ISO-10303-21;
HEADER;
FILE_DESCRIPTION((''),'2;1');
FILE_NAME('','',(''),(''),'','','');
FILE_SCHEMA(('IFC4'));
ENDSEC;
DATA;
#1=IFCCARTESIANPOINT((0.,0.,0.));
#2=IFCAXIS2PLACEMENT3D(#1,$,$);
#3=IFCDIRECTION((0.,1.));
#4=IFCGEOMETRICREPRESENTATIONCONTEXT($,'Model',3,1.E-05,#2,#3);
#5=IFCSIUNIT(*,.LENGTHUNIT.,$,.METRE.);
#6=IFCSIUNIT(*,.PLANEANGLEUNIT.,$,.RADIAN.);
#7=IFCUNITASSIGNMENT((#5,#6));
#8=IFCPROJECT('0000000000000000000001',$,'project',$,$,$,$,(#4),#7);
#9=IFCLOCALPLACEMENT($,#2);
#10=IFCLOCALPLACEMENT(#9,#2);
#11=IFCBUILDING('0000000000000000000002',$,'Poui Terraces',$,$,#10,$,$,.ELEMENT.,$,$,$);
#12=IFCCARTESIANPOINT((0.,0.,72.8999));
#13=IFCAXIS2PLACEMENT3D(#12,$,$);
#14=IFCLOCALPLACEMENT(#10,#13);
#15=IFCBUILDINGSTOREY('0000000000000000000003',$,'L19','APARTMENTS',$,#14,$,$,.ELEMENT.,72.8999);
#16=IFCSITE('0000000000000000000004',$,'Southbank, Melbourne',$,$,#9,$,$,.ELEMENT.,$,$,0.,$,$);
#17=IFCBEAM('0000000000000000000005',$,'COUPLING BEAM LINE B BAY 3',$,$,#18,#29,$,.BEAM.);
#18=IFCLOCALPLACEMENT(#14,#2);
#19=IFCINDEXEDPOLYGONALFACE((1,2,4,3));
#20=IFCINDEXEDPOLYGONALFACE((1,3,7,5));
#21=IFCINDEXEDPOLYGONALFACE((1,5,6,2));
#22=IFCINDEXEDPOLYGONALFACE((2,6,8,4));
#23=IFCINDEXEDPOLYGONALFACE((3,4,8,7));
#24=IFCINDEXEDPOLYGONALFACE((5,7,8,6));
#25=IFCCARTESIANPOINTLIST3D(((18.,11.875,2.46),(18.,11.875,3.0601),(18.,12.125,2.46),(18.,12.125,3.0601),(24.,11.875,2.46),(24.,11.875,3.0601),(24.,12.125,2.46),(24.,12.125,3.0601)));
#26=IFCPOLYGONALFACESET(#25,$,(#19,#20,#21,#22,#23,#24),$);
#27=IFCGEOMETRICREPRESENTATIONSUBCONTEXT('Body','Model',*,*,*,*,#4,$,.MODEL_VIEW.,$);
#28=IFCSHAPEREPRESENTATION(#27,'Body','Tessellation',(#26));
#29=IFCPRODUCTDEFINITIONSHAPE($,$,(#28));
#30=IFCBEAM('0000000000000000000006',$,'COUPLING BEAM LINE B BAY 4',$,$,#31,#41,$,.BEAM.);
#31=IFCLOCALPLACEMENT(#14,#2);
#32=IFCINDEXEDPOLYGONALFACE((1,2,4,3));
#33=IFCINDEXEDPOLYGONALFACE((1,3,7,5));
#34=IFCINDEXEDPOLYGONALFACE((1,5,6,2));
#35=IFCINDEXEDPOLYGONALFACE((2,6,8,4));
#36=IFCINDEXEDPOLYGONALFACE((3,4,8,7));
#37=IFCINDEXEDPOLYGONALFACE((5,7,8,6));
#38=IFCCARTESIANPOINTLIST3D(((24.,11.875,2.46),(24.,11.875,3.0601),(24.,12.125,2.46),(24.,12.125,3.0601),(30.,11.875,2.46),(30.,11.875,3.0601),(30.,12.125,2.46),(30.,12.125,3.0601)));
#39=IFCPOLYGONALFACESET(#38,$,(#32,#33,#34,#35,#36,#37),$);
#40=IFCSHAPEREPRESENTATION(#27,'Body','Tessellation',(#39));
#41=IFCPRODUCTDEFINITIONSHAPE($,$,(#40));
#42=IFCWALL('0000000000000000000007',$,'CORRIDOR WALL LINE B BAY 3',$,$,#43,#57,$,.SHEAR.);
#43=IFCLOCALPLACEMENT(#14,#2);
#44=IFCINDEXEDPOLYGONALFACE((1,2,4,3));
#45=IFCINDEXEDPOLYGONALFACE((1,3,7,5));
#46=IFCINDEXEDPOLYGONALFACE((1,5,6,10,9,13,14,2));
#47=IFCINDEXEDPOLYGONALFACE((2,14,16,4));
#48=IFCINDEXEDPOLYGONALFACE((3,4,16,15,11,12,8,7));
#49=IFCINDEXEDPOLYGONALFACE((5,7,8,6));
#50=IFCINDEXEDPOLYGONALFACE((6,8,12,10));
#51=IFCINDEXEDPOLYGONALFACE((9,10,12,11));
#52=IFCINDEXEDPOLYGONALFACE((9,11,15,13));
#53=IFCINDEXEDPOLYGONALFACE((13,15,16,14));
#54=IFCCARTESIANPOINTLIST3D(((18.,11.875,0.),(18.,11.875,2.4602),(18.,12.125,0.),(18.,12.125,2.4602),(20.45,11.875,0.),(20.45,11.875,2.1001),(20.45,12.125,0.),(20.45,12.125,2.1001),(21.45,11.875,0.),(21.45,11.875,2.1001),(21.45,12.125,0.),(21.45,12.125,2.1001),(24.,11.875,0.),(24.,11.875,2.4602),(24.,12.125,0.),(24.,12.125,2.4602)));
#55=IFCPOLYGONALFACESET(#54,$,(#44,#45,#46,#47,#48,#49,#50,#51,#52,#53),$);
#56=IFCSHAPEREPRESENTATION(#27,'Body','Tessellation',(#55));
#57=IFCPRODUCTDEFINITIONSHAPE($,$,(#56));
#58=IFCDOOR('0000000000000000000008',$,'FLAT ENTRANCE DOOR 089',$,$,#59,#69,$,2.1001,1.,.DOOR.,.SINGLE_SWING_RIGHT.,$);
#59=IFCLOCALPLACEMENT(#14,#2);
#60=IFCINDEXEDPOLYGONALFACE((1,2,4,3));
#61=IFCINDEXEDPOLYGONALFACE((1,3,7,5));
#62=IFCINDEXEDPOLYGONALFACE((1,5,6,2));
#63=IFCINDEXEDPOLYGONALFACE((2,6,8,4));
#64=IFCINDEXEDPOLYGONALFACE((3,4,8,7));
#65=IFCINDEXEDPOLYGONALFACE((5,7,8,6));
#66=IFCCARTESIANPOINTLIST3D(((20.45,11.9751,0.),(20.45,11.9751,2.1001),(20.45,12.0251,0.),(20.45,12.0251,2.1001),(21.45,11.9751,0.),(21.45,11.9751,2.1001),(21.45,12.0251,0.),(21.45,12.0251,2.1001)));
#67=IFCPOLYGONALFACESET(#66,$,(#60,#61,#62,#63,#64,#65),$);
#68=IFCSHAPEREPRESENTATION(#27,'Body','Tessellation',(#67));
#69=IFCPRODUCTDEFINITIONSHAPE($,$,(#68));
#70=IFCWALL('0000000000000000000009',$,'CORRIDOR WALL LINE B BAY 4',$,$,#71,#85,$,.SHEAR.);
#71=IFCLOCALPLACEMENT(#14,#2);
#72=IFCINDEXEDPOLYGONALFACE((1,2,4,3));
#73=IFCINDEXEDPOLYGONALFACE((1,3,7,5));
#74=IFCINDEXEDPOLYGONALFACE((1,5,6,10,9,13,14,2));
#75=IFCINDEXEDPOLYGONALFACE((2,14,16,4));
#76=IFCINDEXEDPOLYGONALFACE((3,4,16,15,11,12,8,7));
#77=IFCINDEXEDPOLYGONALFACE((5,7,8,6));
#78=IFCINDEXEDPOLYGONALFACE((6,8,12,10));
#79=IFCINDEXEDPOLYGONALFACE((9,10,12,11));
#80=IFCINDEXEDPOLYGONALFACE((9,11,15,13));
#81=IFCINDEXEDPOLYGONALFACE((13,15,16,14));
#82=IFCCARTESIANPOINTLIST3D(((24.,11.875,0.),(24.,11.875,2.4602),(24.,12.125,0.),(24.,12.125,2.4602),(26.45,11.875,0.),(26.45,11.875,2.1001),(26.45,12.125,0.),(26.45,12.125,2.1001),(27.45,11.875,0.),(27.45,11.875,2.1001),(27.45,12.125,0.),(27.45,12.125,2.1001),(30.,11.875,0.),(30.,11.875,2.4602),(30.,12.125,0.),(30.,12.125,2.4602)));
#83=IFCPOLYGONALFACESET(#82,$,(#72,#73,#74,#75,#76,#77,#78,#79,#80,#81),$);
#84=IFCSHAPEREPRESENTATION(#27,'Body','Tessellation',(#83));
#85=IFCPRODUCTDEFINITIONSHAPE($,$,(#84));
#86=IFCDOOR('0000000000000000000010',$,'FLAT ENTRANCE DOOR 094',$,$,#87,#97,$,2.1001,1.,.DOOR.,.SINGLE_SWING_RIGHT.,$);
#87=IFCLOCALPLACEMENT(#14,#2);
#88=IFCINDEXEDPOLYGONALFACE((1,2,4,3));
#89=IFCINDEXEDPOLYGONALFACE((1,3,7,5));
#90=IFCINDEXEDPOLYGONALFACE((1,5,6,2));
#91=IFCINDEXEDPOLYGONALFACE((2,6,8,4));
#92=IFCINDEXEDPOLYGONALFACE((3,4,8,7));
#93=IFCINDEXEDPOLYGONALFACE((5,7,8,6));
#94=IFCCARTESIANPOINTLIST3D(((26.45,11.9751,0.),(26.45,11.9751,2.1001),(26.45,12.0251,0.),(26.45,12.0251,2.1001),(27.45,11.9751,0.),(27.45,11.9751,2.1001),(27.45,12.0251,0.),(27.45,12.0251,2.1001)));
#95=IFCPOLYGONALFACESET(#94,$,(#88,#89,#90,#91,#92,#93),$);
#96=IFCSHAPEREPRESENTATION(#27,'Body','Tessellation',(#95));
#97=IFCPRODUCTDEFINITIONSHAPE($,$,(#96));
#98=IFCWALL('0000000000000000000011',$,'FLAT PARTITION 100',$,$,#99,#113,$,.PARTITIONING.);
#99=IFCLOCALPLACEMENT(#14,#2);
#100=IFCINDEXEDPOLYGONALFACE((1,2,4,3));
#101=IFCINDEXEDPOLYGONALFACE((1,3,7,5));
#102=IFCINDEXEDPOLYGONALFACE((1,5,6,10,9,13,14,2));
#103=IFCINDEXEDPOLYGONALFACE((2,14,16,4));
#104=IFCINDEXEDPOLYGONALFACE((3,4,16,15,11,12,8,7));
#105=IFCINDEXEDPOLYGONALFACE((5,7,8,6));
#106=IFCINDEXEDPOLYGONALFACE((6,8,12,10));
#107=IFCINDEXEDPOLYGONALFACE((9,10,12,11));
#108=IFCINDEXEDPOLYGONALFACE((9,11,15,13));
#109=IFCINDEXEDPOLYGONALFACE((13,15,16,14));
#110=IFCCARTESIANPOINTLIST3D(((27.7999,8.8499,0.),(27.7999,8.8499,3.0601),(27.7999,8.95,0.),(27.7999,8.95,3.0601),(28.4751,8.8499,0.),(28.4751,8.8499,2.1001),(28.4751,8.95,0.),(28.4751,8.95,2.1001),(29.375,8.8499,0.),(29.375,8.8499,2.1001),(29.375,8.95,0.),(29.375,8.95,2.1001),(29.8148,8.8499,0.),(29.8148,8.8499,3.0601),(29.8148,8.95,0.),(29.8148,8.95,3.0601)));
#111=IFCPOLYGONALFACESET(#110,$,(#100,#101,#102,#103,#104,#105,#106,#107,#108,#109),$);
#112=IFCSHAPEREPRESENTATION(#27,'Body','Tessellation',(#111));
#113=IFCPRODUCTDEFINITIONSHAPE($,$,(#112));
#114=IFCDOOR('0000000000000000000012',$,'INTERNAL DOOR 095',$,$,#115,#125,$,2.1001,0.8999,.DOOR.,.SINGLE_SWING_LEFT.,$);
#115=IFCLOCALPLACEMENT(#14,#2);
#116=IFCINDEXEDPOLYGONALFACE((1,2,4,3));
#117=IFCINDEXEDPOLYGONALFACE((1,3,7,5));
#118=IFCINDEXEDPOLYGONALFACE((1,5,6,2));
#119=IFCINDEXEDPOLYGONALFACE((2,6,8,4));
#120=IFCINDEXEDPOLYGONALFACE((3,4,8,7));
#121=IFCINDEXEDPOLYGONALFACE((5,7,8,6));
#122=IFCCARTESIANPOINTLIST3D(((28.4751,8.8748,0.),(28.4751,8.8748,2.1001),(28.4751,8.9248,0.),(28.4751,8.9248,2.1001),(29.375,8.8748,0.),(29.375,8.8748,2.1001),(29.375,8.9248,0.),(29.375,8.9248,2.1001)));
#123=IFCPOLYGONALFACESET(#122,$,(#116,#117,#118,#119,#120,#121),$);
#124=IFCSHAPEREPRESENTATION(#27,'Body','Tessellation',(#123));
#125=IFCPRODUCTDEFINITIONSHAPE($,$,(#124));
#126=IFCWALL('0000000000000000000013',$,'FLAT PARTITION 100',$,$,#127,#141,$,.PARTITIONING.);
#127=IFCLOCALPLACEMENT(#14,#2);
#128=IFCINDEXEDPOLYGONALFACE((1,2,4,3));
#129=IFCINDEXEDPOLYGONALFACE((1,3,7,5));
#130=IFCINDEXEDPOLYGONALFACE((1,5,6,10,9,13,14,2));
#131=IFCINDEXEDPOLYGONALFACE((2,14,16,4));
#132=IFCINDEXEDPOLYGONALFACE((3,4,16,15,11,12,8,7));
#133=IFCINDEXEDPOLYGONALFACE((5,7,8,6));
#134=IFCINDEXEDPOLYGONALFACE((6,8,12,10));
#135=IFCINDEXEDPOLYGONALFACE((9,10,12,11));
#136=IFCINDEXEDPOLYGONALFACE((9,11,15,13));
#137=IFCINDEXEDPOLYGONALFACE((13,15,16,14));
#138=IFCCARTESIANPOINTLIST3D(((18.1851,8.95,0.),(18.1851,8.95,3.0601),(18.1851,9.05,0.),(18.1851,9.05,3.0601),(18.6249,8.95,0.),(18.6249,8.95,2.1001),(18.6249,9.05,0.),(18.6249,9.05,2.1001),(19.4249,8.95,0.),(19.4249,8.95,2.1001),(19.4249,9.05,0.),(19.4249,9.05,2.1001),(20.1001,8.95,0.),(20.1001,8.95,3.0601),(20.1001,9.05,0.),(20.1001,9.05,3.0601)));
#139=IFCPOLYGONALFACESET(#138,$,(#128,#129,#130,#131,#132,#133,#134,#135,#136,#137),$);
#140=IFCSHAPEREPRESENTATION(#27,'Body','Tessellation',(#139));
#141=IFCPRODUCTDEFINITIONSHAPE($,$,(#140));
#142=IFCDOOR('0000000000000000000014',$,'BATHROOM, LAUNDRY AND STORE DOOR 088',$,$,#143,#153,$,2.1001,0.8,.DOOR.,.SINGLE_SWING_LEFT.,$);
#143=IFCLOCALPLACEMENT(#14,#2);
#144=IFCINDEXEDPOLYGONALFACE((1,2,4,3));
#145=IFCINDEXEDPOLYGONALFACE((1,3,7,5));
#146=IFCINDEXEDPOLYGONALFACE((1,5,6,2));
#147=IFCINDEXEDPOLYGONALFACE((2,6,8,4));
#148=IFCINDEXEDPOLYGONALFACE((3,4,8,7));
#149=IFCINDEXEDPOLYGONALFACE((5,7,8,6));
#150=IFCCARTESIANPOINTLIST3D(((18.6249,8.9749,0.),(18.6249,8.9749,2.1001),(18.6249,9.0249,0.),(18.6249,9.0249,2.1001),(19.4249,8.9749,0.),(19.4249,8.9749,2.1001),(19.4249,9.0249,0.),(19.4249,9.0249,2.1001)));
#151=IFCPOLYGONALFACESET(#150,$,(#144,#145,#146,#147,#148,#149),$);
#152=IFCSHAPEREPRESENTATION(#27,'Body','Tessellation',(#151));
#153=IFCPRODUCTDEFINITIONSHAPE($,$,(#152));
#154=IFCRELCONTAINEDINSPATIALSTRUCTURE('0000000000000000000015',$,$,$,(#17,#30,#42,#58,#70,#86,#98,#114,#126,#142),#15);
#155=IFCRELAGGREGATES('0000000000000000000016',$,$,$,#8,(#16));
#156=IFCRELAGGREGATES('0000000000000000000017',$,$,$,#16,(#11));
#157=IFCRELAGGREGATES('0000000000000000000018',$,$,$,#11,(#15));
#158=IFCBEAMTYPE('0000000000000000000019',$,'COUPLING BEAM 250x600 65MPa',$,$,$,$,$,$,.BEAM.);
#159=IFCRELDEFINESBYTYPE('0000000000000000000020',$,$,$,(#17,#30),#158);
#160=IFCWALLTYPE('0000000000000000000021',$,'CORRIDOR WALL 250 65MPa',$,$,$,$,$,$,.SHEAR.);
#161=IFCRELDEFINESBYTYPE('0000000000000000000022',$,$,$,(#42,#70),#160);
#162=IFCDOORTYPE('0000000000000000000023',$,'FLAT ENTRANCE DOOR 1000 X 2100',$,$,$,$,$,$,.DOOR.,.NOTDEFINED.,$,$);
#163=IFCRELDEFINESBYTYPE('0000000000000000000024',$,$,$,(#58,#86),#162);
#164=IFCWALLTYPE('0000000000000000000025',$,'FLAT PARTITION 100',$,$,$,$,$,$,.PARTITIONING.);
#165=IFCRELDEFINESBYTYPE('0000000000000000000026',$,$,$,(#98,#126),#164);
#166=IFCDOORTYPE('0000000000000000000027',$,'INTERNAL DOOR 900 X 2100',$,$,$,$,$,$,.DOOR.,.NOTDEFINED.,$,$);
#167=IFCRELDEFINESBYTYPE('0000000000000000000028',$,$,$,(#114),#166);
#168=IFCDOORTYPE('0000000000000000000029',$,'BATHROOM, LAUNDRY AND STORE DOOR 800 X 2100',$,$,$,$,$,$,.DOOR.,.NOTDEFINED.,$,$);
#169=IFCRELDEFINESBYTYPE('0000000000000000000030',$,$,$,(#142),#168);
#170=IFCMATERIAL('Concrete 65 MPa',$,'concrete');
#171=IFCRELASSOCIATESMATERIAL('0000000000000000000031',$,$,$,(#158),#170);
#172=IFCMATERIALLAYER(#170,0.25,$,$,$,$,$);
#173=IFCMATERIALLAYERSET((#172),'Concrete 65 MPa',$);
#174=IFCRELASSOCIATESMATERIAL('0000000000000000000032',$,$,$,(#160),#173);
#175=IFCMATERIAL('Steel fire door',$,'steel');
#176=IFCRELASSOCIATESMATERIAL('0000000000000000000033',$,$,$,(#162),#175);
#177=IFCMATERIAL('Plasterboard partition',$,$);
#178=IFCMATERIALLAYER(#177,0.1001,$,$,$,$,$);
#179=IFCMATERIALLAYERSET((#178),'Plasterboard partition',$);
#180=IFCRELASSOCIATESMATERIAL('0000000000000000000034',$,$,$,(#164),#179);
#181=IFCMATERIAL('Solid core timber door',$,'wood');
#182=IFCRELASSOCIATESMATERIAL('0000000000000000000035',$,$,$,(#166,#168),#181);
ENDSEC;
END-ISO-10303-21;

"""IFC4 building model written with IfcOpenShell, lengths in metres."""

from ifc_helpers import new_model, si_unit, direction, frame, frame_2d, origin, origin_2d, place, context, subcontext, project, spatial, rectangle, extrude, source, transform, mapped, material, layer, layer_set, material_profile, profile_set, type_object, element, fill, save


model = new_model("IFC4")

# Units and contexts
model_context = context("Model", 3, precision=1e-05, world=origin(), true_north=direction((0.0, 1.0)))
body_context = subcontext(model_context, "Body", "Model", "MODEL_VIEW")
ifc_project = project(units=[si_unit("LENGTHUNIT", "METRE"), si_unit("PLANEANGLEUNIT", "RADIAN")], contexts=[model_context])

# Site, building, storey
site_placement = place(None, origin())
site = spatial("IfcSite", under=ifc_project, at=site_placement, Name="Southbank, Melbourne", CompositionType="ELEMENT", RefElevation=0.0)
building_placement = place(site_placement, origin())
building = spatial("IfcBuilding", under=site, at=building_placement, Name="Poui Terraces", CompositionType="ELEMENT")
storey_placement = place(building_placement, frame((0.0, 0.0, 72.8999)))
storey = spatial("IfcBuildingStorey", under=building, at=storey_placement, Name="L19", Description="APARTMENTS", CompositionType="ELEMENT", Elevation=72.8999)

# Beams
ifc_material_1 = material(Name="Concrete 65 MPa", Category="concrete")
ifc_material_profile = material_profile(ifc_material_1, rectangle(XDim=0.25, YDim=0.6001, at=origin_2d()), Name="RC 250x600")
ifc_profile_set = profile_set([ifc_material_profile], Name="Concrete 65 MPa")
beam_type = type_object("IfcBeamType", Name="COUPLING BEAM 250x600 65MPa", PredefinedType="BEAM", material=ifc_profile_set)
shared_shape = source(origin(), body_context, "Body", "SweptSolid", [
    extrude(rectangle(XDim=0.25, YDim=0.6001, at=origin_2d()), origin(), (0.0, 0.0, 1.0), 6.0),
])
for number, where, z_axis, x_axis, name in (
    (1, (18.0, 12.0, 2.76), (1.0, 0.0, 0.0), (0.0, 1.0, 0.0), "COUPLING BEAM LINE B BAY 3"),
    (2, (24.0, 12.0, 2.76), (1.0, 0.0, 0.0), (0.0, 1.0, 0.0), "COUPLING BEAM LINE B BAY 4"),
):
    element("IfcBeam", number, at=place(storey_placement, frame(where, z_axis=z_axis, x_axis=x_axis)), inside=storey, type_object=beam_type, Name=name, PredefinedType="BEAM", context=body_context, shape_type="MappedRepresentation", body=[
        mapped(shared_shape, transform((0.0, 0.0, 0.0))),
    ])

# Walls, openings, doors
ifc_layer_1 = layer(ifc_material_1, 0.25)
ifc_layer_set_1 = layer_set([ifc_layer_1], Name="Concrete 65 MPa")
wall_type_1 = type_object("IfcWallType", Name="CORRIDOR WALL 250 65MPa", PredefinedType="SHEAR", material=ifc_layer_set_1)
wall_1_placement = place(storey_placement, frame((18.0, 12.0, 0.0), z_axis=(0.0, 0.0, 1.0), x_axis=(1.0, 0.0, 0.0)))
wall_1 = element("IfcWall", 3, at=wall_1_placement, inside=storey, type_object=wall_type_1, Name="CORRIDOR WALL LINE B BAY 3", PredefinedType="SHEAR", context=body_context, shape_type="SweptSolid", body=[
    extrude(rectangle(XDim=6.0, YDim=0.25, at=frame_2d((3.0, 0.0))), origin(), (0.0, 0.0, 1.0), 2.4602),
])
opening_1_placement = place(wall_1_placement, frame((2.45, 0.0, 0.0)))
opening_1 = element("IfcOpeningElement", 4, at=opening_1_placement, cuts=wall_1, PredefinedType="OPENING", context=body_context, shape_type="SweptSolid", body=[
    extrude(rectangle(XDim=1.0, YDim=2.1001, at=frame_2d((0.5, 1.05))), frame((0.0, 0.135, 0.0), z_axis=(0.0, -1.0, 0.0), x_axis=(1.0, 0.0, 0.0)), (0.0, 0.0, 1.0), 0.27),
])
ifc_material_2 = material(Name="Steel fire door", Category="steel")
door_type_1 = type_object("IfcDoorType", Name="FLAT ENTRANCE DOOR 1000 X 2100", OperationType="NOTDEFINED", PredefinedType="DOOR", material=ifc_material_2)
door_1_placement = place(opening_1_placement, frame((1.0, 0.0, 0.0), z_axis=(0.0, 0.0, 1.0), x_axis=(-1.0, 0.0, 0.0)))
door_1 = element("IfcDoor", 5, at=door_1_placement, inside=storey, type_object=door_type_1, Name="FLAT ENTRANCE DOOR 089", OperationType="SINGLE_SWING_RIGHT", OverallHeight=2.1001, OverallWidth=1.0, PredefinedType="DOOR", context=body_context, shape_type="SweptSolid", body=[
    extrude(rectangle(XDim=1.0, YDim=2.1001, at=frame_2d((0.5, 1.05))), frame((0.0, 0.0249, 0.0), z_axis=(0.0, -1.0, 0.0), x_axis=(1.0, 0.0, 0.0)), (0.0, 0.0, 1.0), 0.05),
])
fill(opening_1, door_1)
wall_2_placement = place(storey_placement, frame((24.0, 12.0, 0.0), z_axis=(0.0, 0.0, 1.0), x_axis=(1.0, 0.0, 0.0)))
wall_2 = element("IfcWall", 6, at=wall_2_placement, inside=storey, type_object=wall_type_1, Name="CORRIDOR WALL LINE B BAY 4", PredefinedType="SHEAR", context=body_context, shape_type="SweptSolid", body=[
    extrude(rectangle(XDim=6.0, YDim=0.25, at=frame_2d((3.0, 0.0))), origin(), (0.0, 0.0, 1.0), 2.4602),
])
opening_2_placement = place(wall_2_placement, frame((2.45, 0.0, 0.0)))
opening_2 = element("IfcOpeningElement", 7, at=opening_2_placement, cuts=wall_2, PredefinedType="OPENING", context=body_context, shape_type="SweptSolid", body=[
    extrude(rectangle(XDim=1.0, YDim=2.1001, at=frame_2d((0.5, 1.05))), frame((0.0, 0.135, 0.0), z_axis=(0.0, -1.0, 0.0), x_axis=(1.0, 0.0, 0.0)), (0.0, 0.0, 1.0), 0.27),
])
door_2_placement = place(opening_2_placement, frame((1.0, 0.0, 0.0), z_axis=(0.0, 0.0, 1.0), x_axis=(-1.0, 0.0, 0.0)))
door_2 = element("IfcDoor", 8, at=door_2_placement, inside=storey, type_object=door_type_1, Name="FLAT ENTRANCE DOOR 094", OperationType="SINGLE_SWING_RIGHT", OverallHeight=2.1001, OverallWidth=1.0, PredefinedType="DOOR", context=body_context, shape_type="SweptSolid", body=[
    extrude(rectangle(XDim=1.0, YDim=2.1001, at=frame_2d((0.5, 1.05))), frame((0.0, 0.0249, 0.0), z_axis=(0.0, -1.0, 0.0), x_axis=(1.0, 0.0, 0.0)), (0.0, 0.0, 1.0), 0.05),
])
fill(opening_2, door_2)
ifc_material_3 = material(Name="Plasterboard partition")
ifc_layer_2 = layer(ifc_material_3, 0.1001)
ifc_layer_set_2 = layer_set([ifc_layer_2], Name="Plasterboard partition")
wall_type_2 = type_object("IfcWallType", Name="FLAT PARTITION 100", PredefinedType="PARTITIONING", material=ifc_layer_set_2)
wall_3_placement = place(storey_placement, frame((27.8, 8.8999, 0.0), z_axis=(0.0, 0.0, 1.0), x_axis=(1.0, 0.0, 0.0)))
wall_3 = element("IfcWall", 9, at=wall_3_placement, inside=storey, type_object=wall_type_2, Name="FLAT PARTITION 100", PredefinedType="PARTITIONING", context=body_context, shape_type="SweptSolid", body=[
    extrude(rectangle(XDim=2.0149, YDim=0.1001, at=frame_2d((1.0073, 0.0))), origin(), (0.0, 0.0, 1.0), 3.0601),
])
opening_3_placement = place(wall_3_placement, frame((0.675, 0.0, 0.0)))
opening_3 = element("IfcOpeningElement", 10, at=opening_3_placement, cuts=wall_3, PredefinedType="OPENING", context=body_context, shape_type="SweptSolid", body=[
    extrude(rectangle(XDim=0.8999, YDim=2.1001, at=frame_2d((0.45, 1.05))), frame((0.0, 0.0601, 0.0), z_axis=(0.0, -1.0, 0.0), x_axis=(1.0, 0.0, 0.0)), (0.0, 0.0, 1.0), 0.1201),
])
ifc_material_4 = material(Name="Solid core timber door", Category="wood")
door_type_2 = type_object("IfcDoorType", Name="INTERNAL DOOR 900 X 2100", OperationType="NOTDEFINED", PredefinedType="DOOR", material=ifc_material_4)
door_3_placement = place(opening_3_placement, origin())
door_3 = element("IfcDoor", 11, at=door_3_placement, inside=storey, type_object=door_type_2, Name="INTERNAL DOOR 095", OperationType="SINGLE_SWING_LEFT", OverallHeight=2.1001, OverallWidth=0.8999, PredefinedType="DOOR", context=body_context, shape_type="SweptSolid", body=[
    extrude(rectangle(XDim=0.8999, YDim=2.1001, at=frame_2d((0.45, 1.05))), frame((0.0, 0.0249, 0.0), z_axis=(0.0, -1.0, 0.0), x_axis=(1.0, 0.0, 0.0)), (0.0, 0.0, 1.0), 0.05),
])
fill(opening_3, door_3)
wall_4_placement = place(storey_placement, frame((18.1851, 9.0, 0.0), z_axis=(0.0, 0.0, 1.0), x_axis=(1.0, 0.0, 0.0)))
wall_4 = element("IfcWall", 12, at=wall_4_placement, inside=storey, type_object=wall_type_2, Name="FLAT PARTITION 100", PredefinedType="PARTITIONING", context=body_context, shape_type="SweptSolid", body=[
    extrude(rectangle(XDim=1.915, YDim=0.1001, at=frame_2d((0.9575, 0.0))), origin(), (0.0, 0.0, 1.0), 3.0601),
])
opening_4_placement = place(wall_4_placement, frame((0.4399, 0.0, 0.0)))
opening_4 = element("IfcOpeningElement", 13, at=opening_4_placement, cuts=wall_4, PredefinedType="OPENING", context=body_context, shape_type="SweptSolid", body=[
    extrude(rectangle(XDim=0.8, YDim=2.1001, at=frame_2d((0.3999, 1.05))), frame((0.0, 0.0601, 0.0), z_axis=(0.0, -1.0, 0.0), x_axis=(1.0, 0.0, 0.0)), (0.0, 0.0, 1.0), 0.1201),
])
door_type_3 = type_object("IfcDoorType", Name="BATHROOM, LAUNDRY AND STORE DOOR 800 X 2100", OperationType="NOTDEFINED", PredefinedType="DOOR", material=ifc_material_4)
door_4_placement = place(opening_4_placement, origin())
door_4 = element("IfcDoor", 14, at=door_4_placement, inside=storey, type_object=door_type_3, Name="BATHROOM, LAUNDRY AND STORE DOOR 088", OperationType="SINGLE_SWING_LEFT", OverallHeight=2.1001, OverallWidth=0.8, PredefinedType="DOOR", context=body_context, shape_type="SweptSolid", body=[
    extrude(rectangle(XDim=0.8, YDim=2.1001, at=frame_2d((0.3999, 1.05))), frame((0.0, 0.0249, 0.0), z_axis=(0.0, -1.0, 0.0), x_axis=(1.0, 0.0, 0.0)), (0.0, 0.0, 1.0), 0.05),
])
fill(opening_4, door_4)

save(model, "model.ifc")
